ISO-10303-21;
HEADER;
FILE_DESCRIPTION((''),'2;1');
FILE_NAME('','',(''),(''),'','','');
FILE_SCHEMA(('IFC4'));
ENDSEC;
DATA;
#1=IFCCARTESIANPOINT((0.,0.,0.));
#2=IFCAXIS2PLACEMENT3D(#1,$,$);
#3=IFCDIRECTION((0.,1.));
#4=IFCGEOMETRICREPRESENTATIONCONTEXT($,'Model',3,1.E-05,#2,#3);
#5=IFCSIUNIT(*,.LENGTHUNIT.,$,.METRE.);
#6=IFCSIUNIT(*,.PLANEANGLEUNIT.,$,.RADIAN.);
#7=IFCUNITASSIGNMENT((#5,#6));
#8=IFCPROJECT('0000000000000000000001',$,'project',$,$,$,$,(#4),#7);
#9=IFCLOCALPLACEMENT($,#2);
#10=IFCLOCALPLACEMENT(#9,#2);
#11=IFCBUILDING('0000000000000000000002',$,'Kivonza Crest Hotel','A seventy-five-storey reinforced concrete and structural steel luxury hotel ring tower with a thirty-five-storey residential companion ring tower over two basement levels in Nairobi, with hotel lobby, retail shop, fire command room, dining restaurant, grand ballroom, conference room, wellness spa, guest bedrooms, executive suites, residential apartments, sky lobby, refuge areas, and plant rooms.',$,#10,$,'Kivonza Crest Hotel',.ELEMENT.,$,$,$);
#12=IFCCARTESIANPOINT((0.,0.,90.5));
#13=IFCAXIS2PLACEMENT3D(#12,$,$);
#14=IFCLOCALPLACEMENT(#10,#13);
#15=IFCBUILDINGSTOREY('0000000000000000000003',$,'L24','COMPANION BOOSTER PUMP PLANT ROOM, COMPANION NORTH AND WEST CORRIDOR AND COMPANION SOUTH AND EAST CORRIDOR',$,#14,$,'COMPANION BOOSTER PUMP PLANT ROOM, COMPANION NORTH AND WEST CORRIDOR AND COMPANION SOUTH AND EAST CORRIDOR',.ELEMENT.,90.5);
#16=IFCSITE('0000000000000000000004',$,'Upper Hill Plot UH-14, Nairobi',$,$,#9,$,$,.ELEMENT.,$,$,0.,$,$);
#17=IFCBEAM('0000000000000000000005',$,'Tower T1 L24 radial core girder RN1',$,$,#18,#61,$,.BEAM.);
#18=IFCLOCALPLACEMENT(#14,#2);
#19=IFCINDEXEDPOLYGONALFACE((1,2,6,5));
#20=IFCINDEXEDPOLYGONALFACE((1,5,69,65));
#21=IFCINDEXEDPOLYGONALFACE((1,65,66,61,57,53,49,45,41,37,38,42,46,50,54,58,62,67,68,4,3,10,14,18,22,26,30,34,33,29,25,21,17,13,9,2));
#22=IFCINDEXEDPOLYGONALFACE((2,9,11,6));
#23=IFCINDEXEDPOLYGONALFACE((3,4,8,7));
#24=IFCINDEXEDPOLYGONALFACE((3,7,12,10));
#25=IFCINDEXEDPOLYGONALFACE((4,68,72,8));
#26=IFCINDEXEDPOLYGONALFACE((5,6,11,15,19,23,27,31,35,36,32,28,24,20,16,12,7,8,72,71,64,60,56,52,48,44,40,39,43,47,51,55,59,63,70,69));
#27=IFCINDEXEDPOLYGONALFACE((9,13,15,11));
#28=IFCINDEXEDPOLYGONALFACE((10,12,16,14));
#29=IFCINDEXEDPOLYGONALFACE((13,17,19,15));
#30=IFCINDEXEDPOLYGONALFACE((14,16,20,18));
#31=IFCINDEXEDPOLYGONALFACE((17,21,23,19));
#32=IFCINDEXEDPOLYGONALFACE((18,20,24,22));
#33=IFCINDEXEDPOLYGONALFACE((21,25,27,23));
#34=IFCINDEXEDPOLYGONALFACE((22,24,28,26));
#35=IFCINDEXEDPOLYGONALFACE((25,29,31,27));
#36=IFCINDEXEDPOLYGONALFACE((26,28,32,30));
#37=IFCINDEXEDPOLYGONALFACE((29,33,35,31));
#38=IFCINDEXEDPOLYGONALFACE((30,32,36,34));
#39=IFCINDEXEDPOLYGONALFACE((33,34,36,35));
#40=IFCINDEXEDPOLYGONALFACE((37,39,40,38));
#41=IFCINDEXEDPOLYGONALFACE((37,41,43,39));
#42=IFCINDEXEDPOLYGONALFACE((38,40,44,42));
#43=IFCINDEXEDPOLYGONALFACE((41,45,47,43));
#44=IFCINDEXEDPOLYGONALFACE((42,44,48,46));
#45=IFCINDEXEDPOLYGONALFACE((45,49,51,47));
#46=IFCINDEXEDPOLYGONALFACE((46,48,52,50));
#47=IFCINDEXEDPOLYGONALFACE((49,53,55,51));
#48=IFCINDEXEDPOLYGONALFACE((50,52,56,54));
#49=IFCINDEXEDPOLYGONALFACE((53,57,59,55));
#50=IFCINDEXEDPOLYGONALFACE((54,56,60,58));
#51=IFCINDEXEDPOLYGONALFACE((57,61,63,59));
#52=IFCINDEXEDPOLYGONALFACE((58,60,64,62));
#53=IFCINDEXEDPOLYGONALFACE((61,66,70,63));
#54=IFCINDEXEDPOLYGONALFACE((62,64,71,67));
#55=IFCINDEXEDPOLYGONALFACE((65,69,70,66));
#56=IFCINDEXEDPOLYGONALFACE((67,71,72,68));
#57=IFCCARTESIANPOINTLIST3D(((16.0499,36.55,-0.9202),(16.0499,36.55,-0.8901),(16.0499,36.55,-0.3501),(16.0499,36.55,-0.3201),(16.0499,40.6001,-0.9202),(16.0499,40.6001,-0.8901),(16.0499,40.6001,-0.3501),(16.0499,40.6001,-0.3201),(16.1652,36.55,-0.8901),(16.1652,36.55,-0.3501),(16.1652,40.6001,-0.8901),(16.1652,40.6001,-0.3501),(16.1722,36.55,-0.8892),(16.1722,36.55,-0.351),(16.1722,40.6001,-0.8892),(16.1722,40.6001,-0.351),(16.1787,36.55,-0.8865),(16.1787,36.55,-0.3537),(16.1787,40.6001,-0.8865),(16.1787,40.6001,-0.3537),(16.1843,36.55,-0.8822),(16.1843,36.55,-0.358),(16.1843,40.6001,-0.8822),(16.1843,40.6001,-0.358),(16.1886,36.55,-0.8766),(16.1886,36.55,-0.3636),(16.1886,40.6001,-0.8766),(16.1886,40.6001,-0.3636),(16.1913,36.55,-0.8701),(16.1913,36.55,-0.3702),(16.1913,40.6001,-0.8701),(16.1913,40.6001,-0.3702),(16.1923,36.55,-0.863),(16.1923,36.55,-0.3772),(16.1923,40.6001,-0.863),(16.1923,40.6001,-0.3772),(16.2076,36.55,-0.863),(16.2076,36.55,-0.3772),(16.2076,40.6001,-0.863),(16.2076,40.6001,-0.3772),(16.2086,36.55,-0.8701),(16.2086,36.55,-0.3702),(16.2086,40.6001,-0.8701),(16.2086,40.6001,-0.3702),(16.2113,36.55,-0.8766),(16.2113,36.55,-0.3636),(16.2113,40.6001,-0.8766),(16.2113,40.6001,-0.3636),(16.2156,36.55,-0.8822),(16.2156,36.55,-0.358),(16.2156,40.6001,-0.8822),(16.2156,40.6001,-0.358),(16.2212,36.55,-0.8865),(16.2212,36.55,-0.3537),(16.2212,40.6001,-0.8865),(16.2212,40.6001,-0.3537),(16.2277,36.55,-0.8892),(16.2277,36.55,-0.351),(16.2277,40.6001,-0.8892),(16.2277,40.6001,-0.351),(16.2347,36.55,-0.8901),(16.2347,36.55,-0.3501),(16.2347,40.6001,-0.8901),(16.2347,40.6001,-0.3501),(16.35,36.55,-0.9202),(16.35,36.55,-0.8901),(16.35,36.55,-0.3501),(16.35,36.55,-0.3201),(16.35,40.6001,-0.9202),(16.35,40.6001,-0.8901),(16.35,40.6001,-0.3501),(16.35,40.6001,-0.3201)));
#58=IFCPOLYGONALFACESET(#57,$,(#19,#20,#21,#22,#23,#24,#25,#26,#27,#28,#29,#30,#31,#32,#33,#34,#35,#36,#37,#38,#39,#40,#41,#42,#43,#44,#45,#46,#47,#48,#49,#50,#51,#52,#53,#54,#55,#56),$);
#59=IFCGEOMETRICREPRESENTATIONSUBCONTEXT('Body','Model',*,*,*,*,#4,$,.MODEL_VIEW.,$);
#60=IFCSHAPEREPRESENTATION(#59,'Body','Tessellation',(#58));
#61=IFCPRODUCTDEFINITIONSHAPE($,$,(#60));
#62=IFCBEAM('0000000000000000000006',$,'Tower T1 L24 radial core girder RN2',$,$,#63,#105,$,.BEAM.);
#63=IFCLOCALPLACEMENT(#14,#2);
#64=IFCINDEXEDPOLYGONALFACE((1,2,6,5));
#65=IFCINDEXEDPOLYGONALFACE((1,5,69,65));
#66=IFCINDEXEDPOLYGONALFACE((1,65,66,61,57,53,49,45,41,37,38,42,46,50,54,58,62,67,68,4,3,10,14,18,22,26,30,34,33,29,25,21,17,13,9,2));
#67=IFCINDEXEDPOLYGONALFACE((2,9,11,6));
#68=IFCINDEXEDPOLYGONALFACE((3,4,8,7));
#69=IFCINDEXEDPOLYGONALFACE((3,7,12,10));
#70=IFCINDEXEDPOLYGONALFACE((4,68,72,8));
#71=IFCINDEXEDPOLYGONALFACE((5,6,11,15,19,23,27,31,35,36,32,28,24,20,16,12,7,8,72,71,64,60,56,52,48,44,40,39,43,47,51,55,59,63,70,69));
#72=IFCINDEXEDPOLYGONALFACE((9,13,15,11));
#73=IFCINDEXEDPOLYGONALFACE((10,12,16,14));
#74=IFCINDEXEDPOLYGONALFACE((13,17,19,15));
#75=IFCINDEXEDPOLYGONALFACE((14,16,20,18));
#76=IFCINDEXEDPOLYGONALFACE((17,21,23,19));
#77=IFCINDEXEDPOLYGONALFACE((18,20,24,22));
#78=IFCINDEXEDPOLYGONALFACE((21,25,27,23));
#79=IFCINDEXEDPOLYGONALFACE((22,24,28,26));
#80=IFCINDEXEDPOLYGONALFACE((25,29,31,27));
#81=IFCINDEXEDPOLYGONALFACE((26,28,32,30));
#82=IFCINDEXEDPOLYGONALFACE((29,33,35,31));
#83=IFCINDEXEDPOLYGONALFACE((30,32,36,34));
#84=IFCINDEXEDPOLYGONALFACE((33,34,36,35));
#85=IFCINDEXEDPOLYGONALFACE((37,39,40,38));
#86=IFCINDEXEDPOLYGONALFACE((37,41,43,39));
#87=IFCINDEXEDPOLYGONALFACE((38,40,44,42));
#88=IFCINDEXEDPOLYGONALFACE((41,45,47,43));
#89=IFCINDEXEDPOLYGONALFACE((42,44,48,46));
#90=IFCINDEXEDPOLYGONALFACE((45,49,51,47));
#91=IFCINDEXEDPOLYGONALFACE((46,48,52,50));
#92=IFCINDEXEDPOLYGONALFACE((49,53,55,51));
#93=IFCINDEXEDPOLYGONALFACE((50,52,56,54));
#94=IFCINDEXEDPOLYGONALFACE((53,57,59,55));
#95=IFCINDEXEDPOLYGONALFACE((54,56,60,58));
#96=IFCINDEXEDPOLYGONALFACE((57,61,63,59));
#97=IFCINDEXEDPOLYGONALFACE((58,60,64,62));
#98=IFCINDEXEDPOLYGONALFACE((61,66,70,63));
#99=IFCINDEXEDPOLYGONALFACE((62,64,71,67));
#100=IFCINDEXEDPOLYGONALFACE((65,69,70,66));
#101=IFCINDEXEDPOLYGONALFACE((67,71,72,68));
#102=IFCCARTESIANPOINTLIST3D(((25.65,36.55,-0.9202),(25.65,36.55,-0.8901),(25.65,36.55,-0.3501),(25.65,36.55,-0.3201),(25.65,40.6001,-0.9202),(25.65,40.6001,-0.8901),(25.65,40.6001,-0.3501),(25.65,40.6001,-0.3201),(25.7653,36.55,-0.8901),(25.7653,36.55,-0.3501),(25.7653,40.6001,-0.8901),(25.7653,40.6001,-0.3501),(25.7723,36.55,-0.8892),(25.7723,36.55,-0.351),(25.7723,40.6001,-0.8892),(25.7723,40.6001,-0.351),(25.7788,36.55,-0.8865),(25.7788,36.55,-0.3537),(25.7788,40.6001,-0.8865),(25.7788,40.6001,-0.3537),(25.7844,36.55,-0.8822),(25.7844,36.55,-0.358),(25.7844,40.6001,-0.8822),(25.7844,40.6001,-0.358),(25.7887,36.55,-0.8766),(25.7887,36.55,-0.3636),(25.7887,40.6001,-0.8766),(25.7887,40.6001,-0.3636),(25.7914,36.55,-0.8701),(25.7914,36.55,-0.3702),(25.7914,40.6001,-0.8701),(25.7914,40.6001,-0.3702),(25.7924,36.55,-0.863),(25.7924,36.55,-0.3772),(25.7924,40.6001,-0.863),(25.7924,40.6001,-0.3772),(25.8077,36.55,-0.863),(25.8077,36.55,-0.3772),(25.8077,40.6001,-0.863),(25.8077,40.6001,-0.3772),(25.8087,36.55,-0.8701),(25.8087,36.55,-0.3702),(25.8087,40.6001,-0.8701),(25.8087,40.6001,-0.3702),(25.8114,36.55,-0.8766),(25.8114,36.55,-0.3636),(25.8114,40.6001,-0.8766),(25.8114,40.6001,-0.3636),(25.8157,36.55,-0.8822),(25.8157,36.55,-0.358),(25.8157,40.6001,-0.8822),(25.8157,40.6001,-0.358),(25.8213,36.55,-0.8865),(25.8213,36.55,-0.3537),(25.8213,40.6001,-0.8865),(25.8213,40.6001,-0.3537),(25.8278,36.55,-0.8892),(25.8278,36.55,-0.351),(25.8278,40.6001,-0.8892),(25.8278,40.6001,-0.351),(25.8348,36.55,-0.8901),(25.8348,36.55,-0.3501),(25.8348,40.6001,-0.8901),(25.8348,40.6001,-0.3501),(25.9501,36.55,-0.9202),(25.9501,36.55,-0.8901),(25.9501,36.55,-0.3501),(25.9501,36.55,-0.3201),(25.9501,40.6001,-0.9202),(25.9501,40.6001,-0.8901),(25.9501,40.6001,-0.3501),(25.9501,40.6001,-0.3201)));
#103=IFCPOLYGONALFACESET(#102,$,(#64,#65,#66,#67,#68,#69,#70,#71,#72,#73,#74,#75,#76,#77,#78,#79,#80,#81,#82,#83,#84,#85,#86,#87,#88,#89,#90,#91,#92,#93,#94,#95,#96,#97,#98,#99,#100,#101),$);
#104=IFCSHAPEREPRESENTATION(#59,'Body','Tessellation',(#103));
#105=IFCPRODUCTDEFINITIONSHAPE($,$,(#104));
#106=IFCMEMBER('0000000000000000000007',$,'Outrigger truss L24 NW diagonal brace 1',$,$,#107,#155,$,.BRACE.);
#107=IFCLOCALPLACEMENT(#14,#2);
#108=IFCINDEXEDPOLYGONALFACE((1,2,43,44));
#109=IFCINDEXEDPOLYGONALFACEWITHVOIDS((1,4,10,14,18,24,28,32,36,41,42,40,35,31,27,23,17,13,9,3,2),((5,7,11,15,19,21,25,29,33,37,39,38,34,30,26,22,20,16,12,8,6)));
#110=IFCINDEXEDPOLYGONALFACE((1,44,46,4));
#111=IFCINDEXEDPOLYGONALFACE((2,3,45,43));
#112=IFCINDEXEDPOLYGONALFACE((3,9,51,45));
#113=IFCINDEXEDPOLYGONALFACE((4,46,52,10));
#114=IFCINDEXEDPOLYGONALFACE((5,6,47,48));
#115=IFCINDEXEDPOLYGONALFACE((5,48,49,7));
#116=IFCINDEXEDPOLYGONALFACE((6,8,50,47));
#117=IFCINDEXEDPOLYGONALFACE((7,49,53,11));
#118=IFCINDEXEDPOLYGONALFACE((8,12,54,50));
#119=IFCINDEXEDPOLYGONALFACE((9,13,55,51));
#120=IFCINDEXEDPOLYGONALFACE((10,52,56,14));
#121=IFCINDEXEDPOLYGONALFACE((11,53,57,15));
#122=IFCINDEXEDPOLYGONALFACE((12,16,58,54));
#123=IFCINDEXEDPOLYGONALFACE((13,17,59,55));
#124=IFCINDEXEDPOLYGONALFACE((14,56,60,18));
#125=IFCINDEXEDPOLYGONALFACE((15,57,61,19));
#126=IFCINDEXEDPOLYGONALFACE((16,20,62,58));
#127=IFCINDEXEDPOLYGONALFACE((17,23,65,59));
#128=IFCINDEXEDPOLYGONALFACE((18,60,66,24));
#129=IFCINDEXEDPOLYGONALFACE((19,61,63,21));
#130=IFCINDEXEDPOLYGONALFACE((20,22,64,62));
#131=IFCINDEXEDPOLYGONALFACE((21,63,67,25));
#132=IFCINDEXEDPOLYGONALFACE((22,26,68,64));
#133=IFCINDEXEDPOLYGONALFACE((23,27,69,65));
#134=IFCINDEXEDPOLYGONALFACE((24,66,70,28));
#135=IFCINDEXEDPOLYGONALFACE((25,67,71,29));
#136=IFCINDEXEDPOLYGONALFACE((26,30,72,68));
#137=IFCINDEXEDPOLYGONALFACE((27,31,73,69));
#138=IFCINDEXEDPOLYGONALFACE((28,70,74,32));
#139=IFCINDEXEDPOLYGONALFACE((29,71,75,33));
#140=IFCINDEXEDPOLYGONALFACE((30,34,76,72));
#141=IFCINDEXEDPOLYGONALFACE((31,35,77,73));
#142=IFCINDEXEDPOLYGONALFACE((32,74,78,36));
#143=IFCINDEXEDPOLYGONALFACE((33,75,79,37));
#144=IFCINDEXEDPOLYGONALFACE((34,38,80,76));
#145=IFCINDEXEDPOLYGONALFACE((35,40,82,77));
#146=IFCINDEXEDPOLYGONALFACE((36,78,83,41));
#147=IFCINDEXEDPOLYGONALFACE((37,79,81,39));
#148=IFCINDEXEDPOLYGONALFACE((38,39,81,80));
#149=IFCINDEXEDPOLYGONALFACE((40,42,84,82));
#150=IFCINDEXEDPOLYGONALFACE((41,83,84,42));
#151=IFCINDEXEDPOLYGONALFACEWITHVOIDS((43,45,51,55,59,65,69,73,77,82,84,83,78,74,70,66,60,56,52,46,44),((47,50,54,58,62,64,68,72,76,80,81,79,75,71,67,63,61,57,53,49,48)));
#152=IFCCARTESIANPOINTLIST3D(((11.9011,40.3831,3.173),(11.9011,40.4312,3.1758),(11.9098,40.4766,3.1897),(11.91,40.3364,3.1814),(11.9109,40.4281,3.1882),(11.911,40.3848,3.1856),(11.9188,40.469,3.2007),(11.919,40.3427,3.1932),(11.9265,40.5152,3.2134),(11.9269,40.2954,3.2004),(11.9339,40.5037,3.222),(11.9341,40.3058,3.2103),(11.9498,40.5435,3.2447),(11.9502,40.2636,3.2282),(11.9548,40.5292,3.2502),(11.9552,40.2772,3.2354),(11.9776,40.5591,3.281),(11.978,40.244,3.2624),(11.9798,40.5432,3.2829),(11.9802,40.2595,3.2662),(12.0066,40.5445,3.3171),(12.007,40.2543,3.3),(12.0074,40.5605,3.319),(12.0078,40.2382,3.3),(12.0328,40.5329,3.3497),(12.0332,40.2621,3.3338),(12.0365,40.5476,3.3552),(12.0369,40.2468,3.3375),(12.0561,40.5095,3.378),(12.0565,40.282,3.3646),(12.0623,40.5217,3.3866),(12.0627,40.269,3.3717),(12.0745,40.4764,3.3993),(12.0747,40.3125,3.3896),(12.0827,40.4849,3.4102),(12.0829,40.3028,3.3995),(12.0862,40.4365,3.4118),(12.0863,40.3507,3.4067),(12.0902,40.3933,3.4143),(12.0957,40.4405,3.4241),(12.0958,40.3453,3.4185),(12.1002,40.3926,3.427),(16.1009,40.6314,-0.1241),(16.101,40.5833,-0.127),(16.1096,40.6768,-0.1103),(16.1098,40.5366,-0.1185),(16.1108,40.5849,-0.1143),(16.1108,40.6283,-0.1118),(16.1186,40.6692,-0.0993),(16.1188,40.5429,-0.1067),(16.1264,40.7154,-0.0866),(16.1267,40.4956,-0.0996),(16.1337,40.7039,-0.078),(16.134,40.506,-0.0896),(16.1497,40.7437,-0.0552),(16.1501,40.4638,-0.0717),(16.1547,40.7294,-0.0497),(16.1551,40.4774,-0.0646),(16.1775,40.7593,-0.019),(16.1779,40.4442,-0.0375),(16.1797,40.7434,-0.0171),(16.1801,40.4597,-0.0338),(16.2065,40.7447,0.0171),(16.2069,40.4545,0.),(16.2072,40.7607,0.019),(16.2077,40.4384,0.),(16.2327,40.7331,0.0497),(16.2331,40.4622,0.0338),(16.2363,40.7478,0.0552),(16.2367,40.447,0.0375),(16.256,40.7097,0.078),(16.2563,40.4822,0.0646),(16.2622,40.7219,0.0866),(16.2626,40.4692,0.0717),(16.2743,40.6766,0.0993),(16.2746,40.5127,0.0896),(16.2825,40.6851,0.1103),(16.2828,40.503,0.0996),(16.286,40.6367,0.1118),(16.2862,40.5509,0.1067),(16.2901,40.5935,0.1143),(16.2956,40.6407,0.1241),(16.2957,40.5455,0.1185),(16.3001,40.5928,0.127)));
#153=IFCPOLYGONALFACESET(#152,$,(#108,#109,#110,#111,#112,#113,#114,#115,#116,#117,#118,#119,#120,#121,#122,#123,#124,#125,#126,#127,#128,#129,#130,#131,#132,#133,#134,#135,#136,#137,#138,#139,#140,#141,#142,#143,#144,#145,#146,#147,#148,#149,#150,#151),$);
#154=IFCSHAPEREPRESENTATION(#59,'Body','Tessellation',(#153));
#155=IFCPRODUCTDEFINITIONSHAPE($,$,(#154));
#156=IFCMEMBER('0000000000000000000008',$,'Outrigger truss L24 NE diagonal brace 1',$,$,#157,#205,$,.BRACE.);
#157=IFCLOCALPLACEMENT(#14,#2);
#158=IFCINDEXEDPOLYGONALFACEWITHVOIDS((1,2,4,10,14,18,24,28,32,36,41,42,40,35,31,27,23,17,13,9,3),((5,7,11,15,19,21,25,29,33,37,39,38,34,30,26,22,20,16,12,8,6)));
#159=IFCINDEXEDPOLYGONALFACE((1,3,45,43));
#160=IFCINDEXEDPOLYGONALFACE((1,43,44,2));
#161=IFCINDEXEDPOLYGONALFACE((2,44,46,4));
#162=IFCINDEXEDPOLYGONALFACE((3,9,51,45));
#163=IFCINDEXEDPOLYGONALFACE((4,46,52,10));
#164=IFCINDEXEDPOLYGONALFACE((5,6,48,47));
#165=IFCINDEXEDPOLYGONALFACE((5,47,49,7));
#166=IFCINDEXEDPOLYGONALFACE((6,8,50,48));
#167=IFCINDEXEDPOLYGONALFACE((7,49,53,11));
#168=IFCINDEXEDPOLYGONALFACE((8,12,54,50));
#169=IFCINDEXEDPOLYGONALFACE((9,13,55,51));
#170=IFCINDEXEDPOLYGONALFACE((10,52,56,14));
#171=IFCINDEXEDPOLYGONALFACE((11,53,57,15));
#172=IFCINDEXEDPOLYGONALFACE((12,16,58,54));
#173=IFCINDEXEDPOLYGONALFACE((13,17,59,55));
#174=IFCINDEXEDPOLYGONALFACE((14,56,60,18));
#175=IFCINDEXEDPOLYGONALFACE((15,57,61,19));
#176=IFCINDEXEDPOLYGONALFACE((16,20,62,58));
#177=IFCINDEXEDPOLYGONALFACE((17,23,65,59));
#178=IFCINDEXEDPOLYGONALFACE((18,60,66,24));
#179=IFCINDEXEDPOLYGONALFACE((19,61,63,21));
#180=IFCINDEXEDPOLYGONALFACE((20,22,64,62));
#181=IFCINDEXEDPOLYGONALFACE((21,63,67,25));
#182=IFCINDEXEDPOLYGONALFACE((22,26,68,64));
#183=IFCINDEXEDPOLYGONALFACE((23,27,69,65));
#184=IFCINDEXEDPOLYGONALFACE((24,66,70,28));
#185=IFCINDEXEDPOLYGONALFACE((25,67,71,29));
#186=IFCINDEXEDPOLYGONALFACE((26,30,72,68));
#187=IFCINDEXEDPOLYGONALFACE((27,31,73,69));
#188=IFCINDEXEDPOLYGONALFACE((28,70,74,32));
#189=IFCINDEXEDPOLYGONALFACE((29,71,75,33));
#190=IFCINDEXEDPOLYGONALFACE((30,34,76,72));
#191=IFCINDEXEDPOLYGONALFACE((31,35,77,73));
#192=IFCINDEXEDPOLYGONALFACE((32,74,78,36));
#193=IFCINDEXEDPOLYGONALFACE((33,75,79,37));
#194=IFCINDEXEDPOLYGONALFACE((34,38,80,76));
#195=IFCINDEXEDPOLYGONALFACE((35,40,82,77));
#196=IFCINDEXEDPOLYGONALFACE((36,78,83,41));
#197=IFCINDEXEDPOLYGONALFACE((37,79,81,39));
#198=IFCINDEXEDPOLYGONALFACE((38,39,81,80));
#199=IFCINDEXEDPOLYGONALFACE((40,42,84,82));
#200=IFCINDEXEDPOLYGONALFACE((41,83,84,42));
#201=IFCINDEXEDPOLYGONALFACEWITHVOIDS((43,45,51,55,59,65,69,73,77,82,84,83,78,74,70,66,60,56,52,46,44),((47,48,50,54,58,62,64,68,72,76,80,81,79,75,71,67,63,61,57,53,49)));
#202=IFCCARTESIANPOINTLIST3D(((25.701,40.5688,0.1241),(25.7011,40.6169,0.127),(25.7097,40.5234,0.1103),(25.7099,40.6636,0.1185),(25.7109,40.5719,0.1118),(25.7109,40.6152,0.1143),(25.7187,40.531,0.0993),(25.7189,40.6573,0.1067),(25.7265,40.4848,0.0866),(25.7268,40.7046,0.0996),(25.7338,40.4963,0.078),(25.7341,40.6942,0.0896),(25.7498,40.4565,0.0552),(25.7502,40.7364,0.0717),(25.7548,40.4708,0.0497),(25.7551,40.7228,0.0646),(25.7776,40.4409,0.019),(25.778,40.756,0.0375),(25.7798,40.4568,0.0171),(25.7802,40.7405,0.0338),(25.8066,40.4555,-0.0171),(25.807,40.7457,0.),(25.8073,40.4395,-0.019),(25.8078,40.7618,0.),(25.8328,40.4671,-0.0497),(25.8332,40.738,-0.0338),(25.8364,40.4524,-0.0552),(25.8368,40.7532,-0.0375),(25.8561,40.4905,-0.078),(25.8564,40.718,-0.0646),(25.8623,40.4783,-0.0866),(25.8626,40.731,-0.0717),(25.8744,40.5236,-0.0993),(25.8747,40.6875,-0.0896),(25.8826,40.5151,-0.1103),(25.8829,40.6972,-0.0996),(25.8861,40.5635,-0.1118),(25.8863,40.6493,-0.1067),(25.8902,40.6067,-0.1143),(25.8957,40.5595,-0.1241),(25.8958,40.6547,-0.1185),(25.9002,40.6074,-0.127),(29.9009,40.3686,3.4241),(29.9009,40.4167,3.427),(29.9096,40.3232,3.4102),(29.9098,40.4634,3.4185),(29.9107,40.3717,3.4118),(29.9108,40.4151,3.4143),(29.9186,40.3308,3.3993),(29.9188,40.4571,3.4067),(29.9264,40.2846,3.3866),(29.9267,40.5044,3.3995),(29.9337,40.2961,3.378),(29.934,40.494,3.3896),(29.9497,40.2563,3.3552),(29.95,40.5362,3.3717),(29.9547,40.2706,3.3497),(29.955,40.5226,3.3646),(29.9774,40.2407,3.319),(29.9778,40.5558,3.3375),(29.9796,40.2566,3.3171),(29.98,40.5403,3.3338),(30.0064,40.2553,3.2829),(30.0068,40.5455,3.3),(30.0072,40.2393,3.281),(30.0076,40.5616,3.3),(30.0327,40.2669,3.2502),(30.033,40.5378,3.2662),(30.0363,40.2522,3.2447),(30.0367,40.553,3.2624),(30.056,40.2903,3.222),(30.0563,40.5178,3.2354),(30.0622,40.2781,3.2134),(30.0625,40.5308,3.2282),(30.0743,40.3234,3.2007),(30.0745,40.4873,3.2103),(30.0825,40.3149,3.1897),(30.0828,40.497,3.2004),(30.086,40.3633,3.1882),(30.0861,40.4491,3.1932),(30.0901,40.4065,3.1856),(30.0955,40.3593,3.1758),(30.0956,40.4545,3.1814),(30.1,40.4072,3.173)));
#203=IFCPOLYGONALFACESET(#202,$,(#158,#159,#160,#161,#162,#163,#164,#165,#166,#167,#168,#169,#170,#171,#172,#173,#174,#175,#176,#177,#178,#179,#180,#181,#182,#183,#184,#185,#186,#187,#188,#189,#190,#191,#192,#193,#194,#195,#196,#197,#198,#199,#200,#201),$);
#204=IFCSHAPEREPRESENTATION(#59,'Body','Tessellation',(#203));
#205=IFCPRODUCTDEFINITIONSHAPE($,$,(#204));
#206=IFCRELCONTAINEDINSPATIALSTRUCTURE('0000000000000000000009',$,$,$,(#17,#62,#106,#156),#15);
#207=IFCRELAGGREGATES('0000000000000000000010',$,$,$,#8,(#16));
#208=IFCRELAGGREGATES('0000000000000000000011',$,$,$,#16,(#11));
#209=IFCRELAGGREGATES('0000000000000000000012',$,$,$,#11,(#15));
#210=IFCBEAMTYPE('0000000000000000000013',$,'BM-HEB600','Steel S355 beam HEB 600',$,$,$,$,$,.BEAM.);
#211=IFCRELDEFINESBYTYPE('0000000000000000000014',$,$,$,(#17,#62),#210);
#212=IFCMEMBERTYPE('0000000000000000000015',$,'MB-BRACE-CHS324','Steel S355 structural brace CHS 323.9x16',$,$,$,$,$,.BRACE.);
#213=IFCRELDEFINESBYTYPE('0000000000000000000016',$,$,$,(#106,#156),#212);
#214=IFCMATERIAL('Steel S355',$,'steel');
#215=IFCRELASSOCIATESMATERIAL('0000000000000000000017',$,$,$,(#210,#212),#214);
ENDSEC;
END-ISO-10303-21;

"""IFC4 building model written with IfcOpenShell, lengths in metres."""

from ifc_helpers import new_model, si_unit, direction, frame, origin, origin_2d, place, context, subcontext, project, spatial, hollow_circle, i_section, extrude, material, material_profile, profile_set, type_object, element, save


model = new_model("IFC4")

# Units and contexts
model_context = context("Model", 3, precision=1e-05, world=origin(), true_north=direction((0.0, 1.0)))
body_context = subcontext(model_context, "Body", "Model", "MODEL_VIEW")
ifc_project = project(units=[si_unit("LENGTHUNIT", "METRE"), si_unit("PLANEANGLEUNIT", "RADIAN")], contexts=[model_context])

# Site, building, storey
site_placement = place(None, origin())
site = spatial("IfcSite", under=ifc_project, at=site_placement, Name="Upper Hill Plot UH-14, Nairobi", CompositionType="ELEMENT", RefElevation=0.0)
building_placement = place(site_placement, origin())
building = spatial("IfcBuilding", under=site, at=building_placement, Name="Kivonza Crest Hotel", Description="A seventy-five-storey reinforced concrete and structural steel luxury hotel ring tower with a thirty-five-storey residential companion ring tower over two basement levels in Nairobi, with hotel lobby, retail shop, fire command room, dining restaurant, grand ballroom, conference room, wellness spa, guest bedrooms, executive suites, residential apartments, sky lobby, refuge areas, and plant rooms.", LongName="Kivonza Crest Hotel", CompositionType="ELEMENT")
storey_placement = place(building_placement, frame((0.0, 0.0, 90.5)))
storey = spatial("IfcBuildingStorey", under=building, at=storey_placement, Name="L24", Description="COMPANION BOOSTER PUMP PLANT ROOM, COMPANION NORTH AND WEST CORRIDOR AND COMPANION SOUTH AND EAST CORRIDOR", LongName="COMPANION BOOSTER PUMP PLANT ROOM, COMPANION NORTH AND WEST CORRIDOR AND COMPANION SOUTH AND EAST CORRIDOR", CompositionType="ELEMENT", Elevation=90.5)

# Beams
ifc_material_1 = material(Name="Steel S355", Category="steel")
ifc_material_profile_1 = material_profile(ifc_material_1, i_section(OverallWidth=0.3, OverallDepth=0.6001, WebThickness=0.0154, FlangeThickness=0.03, FilletRadius=0.0271, at=origin_2d()), Name="HEB 600")
ifc_profile_set_1 = profile_set([ifc_material_profile_1], Name="Steel S355")
beam_type_1 = type_object("IfcBeamType", Name="BM-HEB600", Description="Steel S355 beam HEB 600", PredefinedType="BEAM", material=ifc_profile_set_1)
for number, where, z_axis, x_axis, name in (
    (1, (16.2, 40.6001, -0.6201), (0.0, -1.0, 0.0), (1.0, 0.0, 0.0), "Tower T1 L24 radial core girder RN1"),
    (2, (25.8, 40.6001, -0.6201), (0.0, -1.0, 0.0), (1.0, 0.0, 0.0), "Tower T1 L24 radial core girder RN2"),
):
    element("IfcBeam", number, at=place(storey_placement, frame(where, z_axis=z_axis, x_axis=x_axis)), inside=storey, type_object=beam_type_1, Name=name, PredefinedType="BEAM", context=body_context, shape_type="SweptSolid", body=[
        extrude(i_section(OverallWidth=0.3, OverallDepth=0.6001, WebThickness=0.0154, FlangeThickness=0.03, FilletRadius=0.0271, at=origin_2d()), origin(), (0.0, 0.0, 1.0), 4.05),
    ])

# Members
ifc_material_profile_2 = material_profile(ifc_material_1, hollow_circle(Radius=0.1619, WallThickness=0.0161, at=origin_2d()), Name="CHS 323.9x16")
ifc_profile_set_2 = profile_set([ifc_material_profile_2], Name="Steel S355")
member_type_1 = type_object("IfcMemberType", Name="MB-BRACE-CHS324", Description="Steel S355 structural brace CHS 323.9x16", PredefinedType="BRACE", material=ifc_profile_set_2)
for number, where, z_axis, x_axis, name in (
    (3, (16.2, 40.6001, 0.0), (-0.785759, -0.037454, 0.617398), (0.047612, -0.998866, 0.0), "Outrigger truss L24 NW diagonal brace 1"),
    (4, (25.8, 40.6001, 0.0), (0.785759, -0.037454, 0.617398), (0.047612, 0.998866, 0.0), "Outrigger truss L24 NE diagonal brace 1"),
):
    element("IfcMember", number, at=place(storey_placement, frame(where, z_axis=z_axis, x_axis=x_axis)), inside=storey, type_object=member_type_1, Name=name, PredefinedType="BRACE", context=body_context, shape_type="SweptSolid", body=[
        extrude(hollow_circle(Radius=0.1619, WallThickness=0.0161, at=origin_2d()), origin(), (0.0, 0.0, 1.0), 5.345),
    ])

save(model, "model.ifc")
